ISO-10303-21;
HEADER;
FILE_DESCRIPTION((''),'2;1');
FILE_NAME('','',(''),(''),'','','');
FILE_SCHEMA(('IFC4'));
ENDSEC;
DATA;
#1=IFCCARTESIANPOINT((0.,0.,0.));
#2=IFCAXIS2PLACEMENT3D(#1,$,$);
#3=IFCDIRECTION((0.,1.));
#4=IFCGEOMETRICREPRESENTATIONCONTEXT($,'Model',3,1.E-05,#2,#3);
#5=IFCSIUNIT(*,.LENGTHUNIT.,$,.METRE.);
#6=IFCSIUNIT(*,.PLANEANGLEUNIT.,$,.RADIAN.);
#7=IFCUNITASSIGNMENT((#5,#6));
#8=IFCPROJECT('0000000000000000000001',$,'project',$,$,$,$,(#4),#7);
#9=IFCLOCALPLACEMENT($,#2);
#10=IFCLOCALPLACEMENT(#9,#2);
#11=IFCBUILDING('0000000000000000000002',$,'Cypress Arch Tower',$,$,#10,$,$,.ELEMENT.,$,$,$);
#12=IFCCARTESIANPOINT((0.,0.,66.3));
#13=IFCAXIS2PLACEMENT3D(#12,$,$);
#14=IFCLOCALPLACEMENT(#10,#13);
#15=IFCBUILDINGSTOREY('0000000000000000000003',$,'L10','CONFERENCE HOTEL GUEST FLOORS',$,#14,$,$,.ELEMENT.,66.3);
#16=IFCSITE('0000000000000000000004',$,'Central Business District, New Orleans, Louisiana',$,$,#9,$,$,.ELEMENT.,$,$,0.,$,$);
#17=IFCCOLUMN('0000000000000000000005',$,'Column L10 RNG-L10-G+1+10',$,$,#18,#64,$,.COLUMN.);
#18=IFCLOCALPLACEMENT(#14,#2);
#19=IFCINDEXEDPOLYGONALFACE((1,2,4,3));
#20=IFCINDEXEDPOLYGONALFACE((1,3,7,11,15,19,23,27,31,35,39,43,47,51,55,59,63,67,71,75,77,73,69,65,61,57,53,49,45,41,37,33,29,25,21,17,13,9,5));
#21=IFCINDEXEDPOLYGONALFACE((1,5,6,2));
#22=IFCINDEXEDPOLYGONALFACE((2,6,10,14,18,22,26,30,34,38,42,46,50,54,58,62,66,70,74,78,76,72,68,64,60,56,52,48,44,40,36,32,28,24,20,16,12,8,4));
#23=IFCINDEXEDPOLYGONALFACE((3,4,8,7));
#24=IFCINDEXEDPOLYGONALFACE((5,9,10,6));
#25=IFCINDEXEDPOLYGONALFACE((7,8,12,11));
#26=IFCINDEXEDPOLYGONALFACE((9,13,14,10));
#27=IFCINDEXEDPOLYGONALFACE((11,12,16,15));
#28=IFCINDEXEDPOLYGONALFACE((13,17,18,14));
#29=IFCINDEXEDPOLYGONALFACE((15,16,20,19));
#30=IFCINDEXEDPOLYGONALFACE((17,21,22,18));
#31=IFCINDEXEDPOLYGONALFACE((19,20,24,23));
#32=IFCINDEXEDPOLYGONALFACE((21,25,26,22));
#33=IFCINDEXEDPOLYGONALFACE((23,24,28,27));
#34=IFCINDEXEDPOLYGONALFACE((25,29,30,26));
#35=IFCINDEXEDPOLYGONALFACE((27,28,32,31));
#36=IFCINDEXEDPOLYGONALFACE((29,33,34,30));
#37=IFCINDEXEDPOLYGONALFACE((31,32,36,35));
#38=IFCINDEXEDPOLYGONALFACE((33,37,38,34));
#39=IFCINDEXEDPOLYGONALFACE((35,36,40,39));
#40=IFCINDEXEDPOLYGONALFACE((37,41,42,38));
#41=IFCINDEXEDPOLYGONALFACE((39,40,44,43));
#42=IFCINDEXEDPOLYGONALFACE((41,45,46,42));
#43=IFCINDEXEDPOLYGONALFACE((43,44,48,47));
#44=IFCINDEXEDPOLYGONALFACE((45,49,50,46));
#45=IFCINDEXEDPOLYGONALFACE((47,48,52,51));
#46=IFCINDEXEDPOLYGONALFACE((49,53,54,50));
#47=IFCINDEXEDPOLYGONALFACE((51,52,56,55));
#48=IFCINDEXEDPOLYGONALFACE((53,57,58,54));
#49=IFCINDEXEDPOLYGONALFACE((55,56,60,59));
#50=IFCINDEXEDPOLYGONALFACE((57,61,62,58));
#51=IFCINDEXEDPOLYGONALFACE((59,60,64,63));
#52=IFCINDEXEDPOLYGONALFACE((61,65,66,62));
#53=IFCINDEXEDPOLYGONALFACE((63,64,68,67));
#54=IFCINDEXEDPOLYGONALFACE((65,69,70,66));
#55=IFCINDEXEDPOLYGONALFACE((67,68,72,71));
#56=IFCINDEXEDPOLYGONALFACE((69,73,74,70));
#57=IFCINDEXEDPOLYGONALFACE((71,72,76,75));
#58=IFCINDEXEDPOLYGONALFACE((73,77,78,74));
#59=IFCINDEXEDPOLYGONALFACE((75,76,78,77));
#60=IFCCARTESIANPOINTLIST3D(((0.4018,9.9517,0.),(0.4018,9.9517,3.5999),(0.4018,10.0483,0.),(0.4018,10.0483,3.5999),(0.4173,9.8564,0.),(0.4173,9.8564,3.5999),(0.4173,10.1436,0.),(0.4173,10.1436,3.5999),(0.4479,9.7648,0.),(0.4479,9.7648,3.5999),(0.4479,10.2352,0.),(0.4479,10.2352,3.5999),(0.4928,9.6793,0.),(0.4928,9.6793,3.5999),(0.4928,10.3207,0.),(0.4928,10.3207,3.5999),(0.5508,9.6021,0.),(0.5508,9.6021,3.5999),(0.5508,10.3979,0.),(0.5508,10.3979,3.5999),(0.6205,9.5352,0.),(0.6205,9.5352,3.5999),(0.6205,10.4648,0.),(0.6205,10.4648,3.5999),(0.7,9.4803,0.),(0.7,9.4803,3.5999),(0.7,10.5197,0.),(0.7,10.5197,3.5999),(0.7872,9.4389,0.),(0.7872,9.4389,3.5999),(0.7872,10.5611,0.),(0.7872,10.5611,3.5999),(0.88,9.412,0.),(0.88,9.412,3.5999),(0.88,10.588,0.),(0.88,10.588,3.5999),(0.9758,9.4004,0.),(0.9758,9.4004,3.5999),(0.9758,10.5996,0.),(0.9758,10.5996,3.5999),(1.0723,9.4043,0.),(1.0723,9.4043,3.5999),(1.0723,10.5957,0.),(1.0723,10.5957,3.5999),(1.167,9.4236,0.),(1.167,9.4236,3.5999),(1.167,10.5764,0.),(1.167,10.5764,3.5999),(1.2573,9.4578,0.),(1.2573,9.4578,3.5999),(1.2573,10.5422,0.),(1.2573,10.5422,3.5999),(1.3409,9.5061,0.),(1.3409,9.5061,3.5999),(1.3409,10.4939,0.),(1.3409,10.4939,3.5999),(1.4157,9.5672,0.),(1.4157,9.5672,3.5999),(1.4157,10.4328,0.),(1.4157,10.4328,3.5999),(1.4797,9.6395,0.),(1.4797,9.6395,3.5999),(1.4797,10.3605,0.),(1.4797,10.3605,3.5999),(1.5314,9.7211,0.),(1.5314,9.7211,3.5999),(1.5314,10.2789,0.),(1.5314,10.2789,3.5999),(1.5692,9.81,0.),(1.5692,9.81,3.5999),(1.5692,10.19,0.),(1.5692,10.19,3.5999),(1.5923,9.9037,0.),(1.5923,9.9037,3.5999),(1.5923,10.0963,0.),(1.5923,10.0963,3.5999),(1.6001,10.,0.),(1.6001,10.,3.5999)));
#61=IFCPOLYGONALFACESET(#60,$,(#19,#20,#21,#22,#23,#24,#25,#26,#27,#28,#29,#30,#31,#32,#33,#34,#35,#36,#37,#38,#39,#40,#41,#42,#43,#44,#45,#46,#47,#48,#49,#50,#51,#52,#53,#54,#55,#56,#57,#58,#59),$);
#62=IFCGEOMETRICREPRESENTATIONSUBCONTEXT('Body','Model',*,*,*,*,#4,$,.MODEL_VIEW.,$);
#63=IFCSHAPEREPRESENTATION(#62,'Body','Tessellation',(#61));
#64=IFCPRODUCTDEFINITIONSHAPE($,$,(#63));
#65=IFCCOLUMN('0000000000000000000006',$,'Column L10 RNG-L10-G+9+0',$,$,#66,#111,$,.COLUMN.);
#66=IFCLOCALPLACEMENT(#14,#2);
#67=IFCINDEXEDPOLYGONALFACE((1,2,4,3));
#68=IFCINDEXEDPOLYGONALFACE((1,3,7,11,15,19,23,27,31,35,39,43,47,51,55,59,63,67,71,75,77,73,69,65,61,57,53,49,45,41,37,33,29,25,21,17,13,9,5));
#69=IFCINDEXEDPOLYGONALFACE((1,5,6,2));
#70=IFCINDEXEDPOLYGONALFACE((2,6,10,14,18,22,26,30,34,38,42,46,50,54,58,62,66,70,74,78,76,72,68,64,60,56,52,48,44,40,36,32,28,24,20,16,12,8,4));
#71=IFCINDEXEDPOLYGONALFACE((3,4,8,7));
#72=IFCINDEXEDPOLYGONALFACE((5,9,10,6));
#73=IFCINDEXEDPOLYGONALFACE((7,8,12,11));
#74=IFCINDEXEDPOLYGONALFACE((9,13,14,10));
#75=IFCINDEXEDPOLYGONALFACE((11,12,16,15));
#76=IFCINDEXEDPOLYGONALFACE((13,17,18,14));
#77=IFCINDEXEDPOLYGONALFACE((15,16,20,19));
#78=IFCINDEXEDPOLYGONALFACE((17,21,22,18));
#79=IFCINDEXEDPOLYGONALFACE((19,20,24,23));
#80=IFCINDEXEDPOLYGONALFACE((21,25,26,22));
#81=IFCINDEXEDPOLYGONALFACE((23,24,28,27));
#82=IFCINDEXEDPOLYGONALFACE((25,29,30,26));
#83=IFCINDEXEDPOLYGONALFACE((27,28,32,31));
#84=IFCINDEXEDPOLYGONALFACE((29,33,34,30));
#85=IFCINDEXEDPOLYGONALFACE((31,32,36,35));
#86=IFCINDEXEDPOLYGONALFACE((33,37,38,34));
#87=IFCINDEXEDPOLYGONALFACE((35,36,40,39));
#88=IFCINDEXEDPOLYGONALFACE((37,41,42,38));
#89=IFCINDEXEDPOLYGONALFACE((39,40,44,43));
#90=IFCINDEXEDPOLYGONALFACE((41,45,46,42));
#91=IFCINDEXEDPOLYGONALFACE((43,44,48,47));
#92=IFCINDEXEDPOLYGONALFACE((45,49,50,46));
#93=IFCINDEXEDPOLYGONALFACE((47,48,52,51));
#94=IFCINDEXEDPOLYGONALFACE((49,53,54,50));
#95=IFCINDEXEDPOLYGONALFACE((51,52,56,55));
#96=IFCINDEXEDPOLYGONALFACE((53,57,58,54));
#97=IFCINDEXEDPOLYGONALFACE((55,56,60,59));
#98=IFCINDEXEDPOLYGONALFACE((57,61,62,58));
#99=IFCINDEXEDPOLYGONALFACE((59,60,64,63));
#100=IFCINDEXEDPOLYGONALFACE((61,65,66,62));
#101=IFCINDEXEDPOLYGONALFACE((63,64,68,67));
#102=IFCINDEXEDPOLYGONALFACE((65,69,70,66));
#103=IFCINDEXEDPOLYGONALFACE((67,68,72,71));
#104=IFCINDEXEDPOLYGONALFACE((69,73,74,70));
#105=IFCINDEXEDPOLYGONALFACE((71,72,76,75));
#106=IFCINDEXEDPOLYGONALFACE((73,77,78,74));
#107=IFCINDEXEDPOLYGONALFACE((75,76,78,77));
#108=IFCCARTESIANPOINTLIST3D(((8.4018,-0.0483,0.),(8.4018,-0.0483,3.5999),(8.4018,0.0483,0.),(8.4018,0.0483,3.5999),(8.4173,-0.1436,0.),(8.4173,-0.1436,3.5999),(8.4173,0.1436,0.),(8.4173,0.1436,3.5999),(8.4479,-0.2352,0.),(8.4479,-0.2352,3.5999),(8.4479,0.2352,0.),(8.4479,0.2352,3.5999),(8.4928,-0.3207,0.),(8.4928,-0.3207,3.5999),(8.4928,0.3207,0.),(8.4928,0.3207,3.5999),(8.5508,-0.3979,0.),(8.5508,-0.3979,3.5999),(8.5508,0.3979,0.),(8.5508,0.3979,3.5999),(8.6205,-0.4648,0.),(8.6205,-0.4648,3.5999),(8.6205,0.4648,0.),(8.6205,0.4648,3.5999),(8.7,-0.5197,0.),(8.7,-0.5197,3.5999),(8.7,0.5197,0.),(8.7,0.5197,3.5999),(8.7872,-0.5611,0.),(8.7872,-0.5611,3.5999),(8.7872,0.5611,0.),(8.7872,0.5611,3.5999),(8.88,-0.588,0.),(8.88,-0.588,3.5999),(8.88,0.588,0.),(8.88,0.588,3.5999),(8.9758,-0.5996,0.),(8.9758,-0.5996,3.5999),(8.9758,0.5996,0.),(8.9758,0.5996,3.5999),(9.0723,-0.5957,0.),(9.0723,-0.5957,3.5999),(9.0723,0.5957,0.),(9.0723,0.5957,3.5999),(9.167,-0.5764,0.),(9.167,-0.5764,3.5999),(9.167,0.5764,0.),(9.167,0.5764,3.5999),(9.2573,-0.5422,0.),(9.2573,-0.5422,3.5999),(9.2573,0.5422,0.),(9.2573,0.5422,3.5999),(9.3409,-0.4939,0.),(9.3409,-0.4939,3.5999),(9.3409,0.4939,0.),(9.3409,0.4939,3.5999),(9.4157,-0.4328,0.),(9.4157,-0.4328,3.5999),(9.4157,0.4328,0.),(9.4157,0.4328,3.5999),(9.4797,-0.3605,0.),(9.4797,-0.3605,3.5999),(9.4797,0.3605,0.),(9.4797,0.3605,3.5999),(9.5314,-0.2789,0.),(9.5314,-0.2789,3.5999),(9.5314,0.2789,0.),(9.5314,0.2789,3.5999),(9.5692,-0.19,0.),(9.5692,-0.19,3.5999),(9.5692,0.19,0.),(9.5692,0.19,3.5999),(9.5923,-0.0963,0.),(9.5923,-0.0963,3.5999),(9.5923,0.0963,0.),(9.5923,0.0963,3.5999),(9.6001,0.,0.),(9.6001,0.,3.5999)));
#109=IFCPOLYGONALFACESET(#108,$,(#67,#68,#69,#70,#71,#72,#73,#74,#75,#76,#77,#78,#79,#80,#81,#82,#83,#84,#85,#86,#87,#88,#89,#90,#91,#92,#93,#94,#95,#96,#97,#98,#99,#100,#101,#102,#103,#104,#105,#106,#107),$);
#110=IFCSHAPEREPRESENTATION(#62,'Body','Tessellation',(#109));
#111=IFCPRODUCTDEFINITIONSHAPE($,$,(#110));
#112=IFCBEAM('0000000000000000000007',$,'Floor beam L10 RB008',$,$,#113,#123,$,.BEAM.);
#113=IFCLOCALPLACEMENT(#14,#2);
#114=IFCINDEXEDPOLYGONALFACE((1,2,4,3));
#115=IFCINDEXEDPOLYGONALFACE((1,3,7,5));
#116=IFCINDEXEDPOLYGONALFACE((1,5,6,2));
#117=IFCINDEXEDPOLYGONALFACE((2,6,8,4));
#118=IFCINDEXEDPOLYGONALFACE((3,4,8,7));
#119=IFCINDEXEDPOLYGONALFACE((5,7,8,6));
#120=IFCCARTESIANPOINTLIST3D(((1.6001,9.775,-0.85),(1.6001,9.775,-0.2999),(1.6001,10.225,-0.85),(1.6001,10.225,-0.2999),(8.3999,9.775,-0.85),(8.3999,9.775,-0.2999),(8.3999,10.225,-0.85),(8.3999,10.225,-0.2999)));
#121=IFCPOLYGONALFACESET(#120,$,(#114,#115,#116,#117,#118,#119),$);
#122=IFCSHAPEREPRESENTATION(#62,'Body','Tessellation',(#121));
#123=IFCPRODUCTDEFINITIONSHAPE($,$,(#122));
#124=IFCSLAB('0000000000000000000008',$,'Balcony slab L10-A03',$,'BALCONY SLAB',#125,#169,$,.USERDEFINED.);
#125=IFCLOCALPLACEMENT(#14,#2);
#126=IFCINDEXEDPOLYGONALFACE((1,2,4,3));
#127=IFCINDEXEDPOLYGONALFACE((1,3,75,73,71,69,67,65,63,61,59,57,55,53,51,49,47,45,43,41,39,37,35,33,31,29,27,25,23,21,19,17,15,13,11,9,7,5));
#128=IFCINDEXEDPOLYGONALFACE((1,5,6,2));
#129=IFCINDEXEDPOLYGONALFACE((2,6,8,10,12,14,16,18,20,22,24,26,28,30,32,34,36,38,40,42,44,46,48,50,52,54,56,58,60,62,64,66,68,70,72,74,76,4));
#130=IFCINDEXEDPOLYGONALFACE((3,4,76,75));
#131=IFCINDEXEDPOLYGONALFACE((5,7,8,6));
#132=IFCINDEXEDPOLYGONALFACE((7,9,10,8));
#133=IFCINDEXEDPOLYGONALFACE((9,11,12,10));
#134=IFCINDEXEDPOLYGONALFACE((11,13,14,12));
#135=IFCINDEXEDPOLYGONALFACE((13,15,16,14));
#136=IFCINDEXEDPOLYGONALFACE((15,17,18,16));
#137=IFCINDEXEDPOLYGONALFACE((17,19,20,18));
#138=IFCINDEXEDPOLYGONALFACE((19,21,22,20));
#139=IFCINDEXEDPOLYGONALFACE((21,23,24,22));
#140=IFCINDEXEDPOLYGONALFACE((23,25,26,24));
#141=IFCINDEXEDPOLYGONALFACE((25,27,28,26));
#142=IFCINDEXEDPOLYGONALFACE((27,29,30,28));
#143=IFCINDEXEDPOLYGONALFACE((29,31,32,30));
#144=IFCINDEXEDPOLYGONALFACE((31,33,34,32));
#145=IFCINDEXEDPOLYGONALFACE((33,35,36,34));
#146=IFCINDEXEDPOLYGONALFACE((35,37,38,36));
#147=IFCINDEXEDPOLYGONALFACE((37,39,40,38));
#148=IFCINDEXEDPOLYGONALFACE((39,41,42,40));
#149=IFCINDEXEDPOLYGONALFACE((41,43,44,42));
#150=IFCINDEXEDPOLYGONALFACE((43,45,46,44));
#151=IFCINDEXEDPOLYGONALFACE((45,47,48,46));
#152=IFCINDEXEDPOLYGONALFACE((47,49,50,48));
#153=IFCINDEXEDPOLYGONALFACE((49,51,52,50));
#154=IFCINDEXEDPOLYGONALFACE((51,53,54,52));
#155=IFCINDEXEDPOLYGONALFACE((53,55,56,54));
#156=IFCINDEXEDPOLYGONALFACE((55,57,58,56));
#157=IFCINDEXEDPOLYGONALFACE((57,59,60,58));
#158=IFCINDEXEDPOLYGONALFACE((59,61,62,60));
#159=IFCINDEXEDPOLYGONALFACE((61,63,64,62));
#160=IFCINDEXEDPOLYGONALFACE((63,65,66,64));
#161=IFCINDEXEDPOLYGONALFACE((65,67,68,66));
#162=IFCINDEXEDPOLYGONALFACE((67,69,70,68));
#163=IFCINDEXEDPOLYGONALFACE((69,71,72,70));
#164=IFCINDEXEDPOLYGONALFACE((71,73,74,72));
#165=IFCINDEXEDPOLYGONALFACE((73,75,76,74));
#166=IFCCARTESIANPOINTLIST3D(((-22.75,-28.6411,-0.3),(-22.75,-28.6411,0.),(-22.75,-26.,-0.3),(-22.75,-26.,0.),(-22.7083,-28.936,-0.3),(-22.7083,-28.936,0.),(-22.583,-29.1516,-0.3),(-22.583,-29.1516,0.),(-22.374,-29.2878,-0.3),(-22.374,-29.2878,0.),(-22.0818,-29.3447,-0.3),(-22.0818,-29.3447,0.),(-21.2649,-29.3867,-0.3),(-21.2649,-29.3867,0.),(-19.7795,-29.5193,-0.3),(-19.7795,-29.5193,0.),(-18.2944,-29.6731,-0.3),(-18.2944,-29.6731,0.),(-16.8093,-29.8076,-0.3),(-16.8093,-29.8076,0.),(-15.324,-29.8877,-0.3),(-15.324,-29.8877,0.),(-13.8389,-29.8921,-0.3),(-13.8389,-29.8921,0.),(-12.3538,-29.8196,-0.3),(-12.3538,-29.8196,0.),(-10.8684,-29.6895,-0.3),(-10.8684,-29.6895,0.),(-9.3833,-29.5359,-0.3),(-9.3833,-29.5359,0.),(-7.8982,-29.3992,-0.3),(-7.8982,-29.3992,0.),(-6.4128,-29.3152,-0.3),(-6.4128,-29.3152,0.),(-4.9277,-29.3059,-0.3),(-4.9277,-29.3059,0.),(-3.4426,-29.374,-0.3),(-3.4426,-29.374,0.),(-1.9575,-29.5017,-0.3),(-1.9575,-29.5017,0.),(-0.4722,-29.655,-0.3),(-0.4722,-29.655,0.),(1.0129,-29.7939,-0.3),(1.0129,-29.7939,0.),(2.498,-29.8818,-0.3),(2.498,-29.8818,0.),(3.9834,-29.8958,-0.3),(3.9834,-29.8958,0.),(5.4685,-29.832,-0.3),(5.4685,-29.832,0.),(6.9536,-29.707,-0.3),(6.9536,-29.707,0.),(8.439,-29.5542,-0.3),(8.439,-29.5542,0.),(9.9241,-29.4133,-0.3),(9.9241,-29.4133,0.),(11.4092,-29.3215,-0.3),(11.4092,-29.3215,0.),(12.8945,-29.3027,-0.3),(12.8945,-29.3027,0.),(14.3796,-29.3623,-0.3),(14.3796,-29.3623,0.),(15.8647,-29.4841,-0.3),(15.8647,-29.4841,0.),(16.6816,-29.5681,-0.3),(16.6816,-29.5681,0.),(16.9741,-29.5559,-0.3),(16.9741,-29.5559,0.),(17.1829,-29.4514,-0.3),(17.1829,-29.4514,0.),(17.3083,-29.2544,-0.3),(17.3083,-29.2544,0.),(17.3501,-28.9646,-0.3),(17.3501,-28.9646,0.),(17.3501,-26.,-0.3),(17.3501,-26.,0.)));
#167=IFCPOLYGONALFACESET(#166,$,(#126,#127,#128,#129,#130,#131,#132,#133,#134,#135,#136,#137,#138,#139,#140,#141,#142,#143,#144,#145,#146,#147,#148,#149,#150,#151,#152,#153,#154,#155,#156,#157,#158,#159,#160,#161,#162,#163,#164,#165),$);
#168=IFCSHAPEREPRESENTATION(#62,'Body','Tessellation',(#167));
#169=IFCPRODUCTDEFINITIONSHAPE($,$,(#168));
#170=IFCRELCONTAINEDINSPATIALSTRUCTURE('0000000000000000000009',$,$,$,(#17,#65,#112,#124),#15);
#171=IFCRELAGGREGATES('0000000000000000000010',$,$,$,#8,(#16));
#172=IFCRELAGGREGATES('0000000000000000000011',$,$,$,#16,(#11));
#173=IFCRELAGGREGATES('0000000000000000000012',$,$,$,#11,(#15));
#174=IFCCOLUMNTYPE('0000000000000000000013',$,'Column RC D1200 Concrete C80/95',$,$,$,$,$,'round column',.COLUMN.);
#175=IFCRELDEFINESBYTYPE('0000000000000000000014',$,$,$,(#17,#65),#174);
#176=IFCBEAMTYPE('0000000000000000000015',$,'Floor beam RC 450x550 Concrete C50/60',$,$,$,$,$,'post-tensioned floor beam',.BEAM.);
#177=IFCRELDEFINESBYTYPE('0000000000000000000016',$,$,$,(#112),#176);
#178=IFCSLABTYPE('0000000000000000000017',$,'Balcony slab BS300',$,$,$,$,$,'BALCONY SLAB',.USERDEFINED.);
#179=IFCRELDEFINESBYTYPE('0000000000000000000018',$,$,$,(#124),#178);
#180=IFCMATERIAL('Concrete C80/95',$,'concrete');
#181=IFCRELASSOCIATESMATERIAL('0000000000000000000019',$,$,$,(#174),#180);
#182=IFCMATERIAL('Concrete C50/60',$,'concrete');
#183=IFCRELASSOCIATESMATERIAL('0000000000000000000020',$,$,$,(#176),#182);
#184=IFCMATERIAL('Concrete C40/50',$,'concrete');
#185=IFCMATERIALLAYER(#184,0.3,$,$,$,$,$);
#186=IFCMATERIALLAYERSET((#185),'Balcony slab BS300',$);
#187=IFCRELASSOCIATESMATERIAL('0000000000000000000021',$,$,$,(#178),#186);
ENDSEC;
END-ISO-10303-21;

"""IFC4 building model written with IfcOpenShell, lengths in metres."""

from ifc_helpers import new_model, si_unit, direction, frame, origin, origin_2d, place, context, subcontext, project, spatial, polyline, rectangle, circle, outline, extrude, material, layer, layer_set, material_profile, profile_set, type_object, element, save


model = new_model("IFC4")

# Units and contexts
model_context = context("Model", 3, precision=1e-05, world=origin(), true_north=direction((0.0, 1.0)))
body_context = subcontext(model_context, "Body", "Model", "MODEL_VIEW")
ifc_project = project(units=[si_unit("LENGTHUNIT", "METRE"), si_unit("PLANEANGLEUNIT", "RADIAN")], contexts=[model_context])

# Site, building, storey
site_placement = place(None, origin())
site = spatial("IfcSite", under=ifc_project, at=site_placement, Name="Central Business District, New Orleans, Louisiana", CompositionType="ELEMENT", RefElevation=0.0)
building_placement = place(site_placement, origin())
building = spatial("IfcBuilding", under=site, at=building_placement, Name="Cypress Arch Tower", CompositionType="ELEMENT")
storey_placement = place(building_placement, frame((0.0, 0.0, 66.3)))
storey = spatial("IfcBuildingStorey", under=building, at=storey_placement, Name="L10", Description="CONFERENCE HOTEL GUEST FLOORS", CompositionType="ELEMENT", Elevation=66.3)

# Columns
ifc_material_1 = material(Name="Concrete C80/95", Category="concrete")
ifc_material_profile_1 = material_profile(ifc_material_1, circle(Radius=0.6001, at=origin_2d()), Name="RC D1200")
ifc_profile_set_1 = profile_set([ifc_material_profile_1], Name="Concrete C80/95")
column_type = type_object("IfcColumnType", Name="Column RC D1200 Concrete C80/95", ElementType="round column", PredefinedType="COLUMN", material=ifc_profile_set_1)
for number, where, z_axis, x_axis, name in (
    (1, (1.0, 10.0, 0.0), (0.0, 0.0, 1.0), (1.0, 0.0, 0.0), "Column L10 RNG-L10-G+1+10"),
    (2, (9.0, 0.0, 0.0), (0.0, 0.0, 1.0), (1.0, 0.0, 0.0), "Column L10 RNG-L10-G+9+0"),
):
    element("IfcColumn", number, at=place(storey_placement, frame(where, z_axis=z_axis, x_axis=x_axis)), inside=storey, type_object=column_type, Name=name, PredefinedType="COLUMN", context=body_context, shape_type="SweptSolid", body=[
        extrude(circle(Radius=0.6001, at=origin_2d()), origin(), (0.0, 0.0, 1.0), 3.5999),
    ])

# Beam
ifc_material_2 = material(Name="Concrete C50/60", Category="concrete")
ifc_material_profile_2 = material_profile(ifc_material_2, rectangle(XDim=0.45, YDim=0.55, at=origin_2d()), Name="RC 450x550")
ifc_profile_set_2 = profile_set([ifc_material_profile_2], Name="Concrete C50/60")
beam_type = type_object("IfcBeamType", Name="Floor beam RC 450x550 Concrete C50/60", ElementType="post-tensioned floor beam", PredefinedType="BEAM", material=ifc_profile_set_2)
beam_placement = place(storey_placement, frame((1.6001, 10.0, -0.575), z_axis=(1.0, 0.0, 0.0), x_axis=(0.0, 1.0, 0.0)))
element("IfcBeam", 3, at=beam_placement, inside=storey, type_object=beam_type, Name="Floor beam L10 RB008", PredefinedType="BEAM", context=body_context, shape_type="SweptSolid", body=[
    extrude(rectangle(XDim=0.45, YDim=0.55, at=origin_2d()), origin(), (0.0, 0.0, 1.0), 6.7998),
])

# Slab
ifc_material_3 = material(Name="Concrete C40/50", Category="concrete")
ifc_layer_1 = layer(ifc_material_3, 0.3)
ifc_layer_set_1 = layer_set([ifc_layer_1], Name="Balcony slab BS300")
slab_type_1 = type_object("IfcSlabType", Name="Balcony slab BS300", ElementType="BALCONY SLAB", PredefinedType="USERDEFINED", material=ifc_layer_set_1)
slab_1_placement = place(storey_placement, frame((0.0, 0.0, -0.3)))
element("IfcSlab", 4, at=slab_1_placement, inside=storey, type_object=slab_type_1, Name="Balcony slab L10-A03", ObjectType="BALCONY SLAB", PredefinedType="USERDEFINED", context=body_context, shape_type="SweptSolid", body=[
    extrude(outline(polyline([(-22.75, -26.0), (-22.75, -28.6411), (-22.7083, -28.936), (-22.583, -29.1516), (-22.374, -29.2878), (-22.0818, -29.3447), (-21.2649, -29.3867), (-19.7795, -29.5193), (-18.2944, -29.6731), (-16.8093, -29.8076), (-15.324, -29.8877), (-13.8389, -29.8921), (-12.3538, -29.8196), (-10.8684, -29.6895), (-9.3833, -29.5359), (-7.8982, -29.3992), (-6.4128, -29.3152), (-4.9277, -29.3059), (-3.4426, -29.374), (-1.9575, -29.5017), (-0.4722, -29.655), (1.0129, -29.7939), (2.498, -29.8818), (3.9834, -29.8958), (5.4685, -29.832), (6.9536, -29.707), (8.439, -29.5542), (9.9241, -29.4133), (11.4092, -29.3215), (12.8945, -29.3027), (14.3796, -29.3623), (15.8647, -29.4841), (16.6816, -29.5681), (16.9741, -29.5559), (17.1829, -29.4514), (17.3083, -29.2544), (17.3501, -28.9646), (17.3501, -26.0), (-22.75, -26.0)])), origin(), (0.0, 0.0, 1.0), 0.3),
])

save(model, "model.ifc")
